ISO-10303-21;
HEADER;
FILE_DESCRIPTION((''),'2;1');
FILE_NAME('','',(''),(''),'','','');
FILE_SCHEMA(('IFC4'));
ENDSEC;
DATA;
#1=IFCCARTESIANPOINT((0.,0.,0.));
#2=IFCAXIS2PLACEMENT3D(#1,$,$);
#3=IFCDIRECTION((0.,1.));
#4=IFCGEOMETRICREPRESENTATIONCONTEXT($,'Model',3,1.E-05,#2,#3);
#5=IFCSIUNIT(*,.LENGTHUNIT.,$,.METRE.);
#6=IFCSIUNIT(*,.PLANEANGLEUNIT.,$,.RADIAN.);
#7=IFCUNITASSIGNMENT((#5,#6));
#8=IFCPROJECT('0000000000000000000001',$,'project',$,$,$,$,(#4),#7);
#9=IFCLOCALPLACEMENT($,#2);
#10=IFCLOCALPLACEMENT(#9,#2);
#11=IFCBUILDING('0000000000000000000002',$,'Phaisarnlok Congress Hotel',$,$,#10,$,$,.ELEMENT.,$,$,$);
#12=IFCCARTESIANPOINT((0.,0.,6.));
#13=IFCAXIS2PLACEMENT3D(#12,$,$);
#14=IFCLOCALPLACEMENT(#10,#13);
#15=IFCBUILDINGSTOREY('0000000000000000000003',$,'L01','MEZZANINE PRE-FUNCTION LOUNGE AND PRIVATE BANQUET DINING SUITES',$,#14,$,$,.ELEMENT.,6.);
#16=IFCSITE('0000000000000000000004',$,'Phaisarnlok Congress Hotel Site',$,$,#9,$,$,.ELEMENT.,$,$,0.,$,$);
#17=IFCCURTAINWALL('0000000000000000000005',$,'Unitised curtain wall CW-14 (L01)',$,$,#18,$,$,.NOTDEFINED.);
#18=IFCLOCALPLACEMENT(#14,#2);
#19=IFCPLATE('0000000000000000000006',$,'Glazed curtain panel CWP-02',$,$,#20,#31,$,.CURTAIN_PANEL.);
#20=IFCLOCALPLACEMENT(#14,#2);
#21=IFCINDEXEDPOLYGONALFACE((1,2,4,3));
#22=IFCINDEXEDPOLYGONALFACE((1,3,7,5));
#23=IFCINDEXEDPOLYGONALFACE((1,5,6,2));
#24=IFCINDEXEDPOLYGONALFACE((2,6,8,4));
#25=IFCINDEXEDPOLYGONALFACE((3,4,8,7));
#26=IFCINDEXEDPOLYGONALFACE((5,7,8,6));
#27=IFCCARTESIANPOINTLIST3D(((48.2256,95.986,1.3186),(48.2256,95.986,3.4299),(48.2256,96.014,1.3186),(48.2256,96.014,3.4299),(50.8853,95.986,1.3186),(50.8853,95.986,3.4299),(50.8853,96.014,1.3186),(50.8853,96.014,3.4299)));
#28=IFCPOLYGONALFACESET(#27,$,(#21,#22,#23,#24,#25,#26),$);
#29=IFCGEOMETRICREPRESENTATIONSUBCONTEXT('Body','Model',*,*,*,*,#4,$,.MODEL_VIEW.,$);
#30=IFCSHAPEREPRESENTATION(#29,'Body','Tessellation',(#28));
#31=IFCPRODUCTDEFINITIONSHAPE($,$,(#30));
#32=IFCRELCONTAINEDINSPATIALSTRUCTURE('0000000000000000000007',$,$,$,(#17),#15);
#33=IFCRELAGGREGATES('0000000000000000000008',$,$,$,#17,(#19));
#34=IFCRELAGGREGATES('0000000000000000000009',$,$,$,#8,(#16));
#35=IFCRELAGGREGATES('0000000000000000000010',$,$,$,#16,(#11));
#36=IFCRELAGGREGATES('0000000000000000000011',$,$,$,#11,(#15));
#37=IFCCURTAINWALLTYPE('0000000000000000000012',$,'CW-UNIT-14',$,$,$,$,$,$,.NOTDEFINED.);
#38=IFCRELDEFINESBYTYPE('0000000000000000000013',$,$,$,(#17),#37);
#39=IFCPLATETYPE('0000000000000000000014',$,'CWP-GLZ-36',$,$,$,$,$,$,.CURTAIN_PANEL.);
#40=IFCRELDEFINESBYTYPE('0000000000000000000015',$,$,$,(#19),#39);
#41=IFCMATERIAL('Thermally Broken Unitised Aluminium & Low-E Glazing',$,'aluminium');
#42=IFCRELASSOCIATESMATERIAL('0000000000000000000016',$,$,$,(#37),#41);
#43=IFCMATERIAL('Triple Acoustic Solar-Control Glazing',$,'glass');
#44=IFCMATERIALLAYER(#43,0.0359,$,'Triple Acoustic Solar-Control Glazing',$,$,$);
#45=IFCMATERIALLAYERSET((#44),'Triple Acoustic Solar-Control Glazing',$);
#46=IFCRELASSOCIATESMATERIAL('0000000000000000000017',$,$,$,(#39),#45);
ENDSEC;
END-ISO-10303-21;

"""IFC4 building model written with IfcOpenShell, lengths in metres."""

from ifc_helpers import new_model, si_unit, direction, frame, frame_2d, origin, place, context, subcontext, project, spatial, rectangle, extrude, material, layer, layer_set, type_object, element, aggregate, save


model = new_model("IFC4")

# Units and contexts
model_context = context("Model", 3, precision=1e-05, world=origin(), true_north=direction((0.0, 1.0)))
body_context = subcontext(model_context, "Body", "Model", "MODEL_VIEW")
ifc_project = project(units=[si_unit("LENGTHUNIT", "METRE"), si_unit("PLANEANGLEUNIT", "RADIAN")], contexts=[model_context])

# Site, building, storey
site_placement = place(None, origin())
site = spatial("IfcSite", under=ifc_project, at=site_placement, Name="Phaisarnlok Congress Hotel Site", CompositionType="ELEMENT", RefElevation=0.0)
building_placement = place(site_placement, origin())
building = spatial("IfcBuilding", under=site, at=building_placement, Name="Phaisarnlok Congress Hotel", CompositionType="ELEMENT")
storey_placement = place(building_placement, frame((0.0, 0.0, 6.0)))
storey = spatial("IfcBuildingStorey", under=building, at=storey_placement, Name="L01", Description="MEZZANINE PRE-FUNCTION LOUNGE AND PRIVATE BANQUET DINING SUITES", CompositionType="ELEMENT", Elevation=6.0)

# Curtain wall
ifc_material_1 = material(Name="Thermally Broken Unitised Aluminium & Low-E Glazing", Category="aluminium")
curtain_wall_type_1 = type_object("IfcCurtainWallType", Name="CW-UNIT-14", PredefinedType="NOTDEFINED", material=ifc_material_1)
curtain_wall_1_placement = place(storey_placement, origin())
curtain_wall_1 = element("IfcCurtainWall", 1, at=curtain_wall_1_placement, inside=storey, type_object=curtain_wall_type_1, Name="Unitised curtain wall CW-14 (L01)", PredefinedType="NOTDEFINED")

# Plate
ifc_material_2 = material(Name="Triple Acoustic Solar-Control Glazing", Category="glass")
ifc_layer = layer(ifc_material_2, 0.0359, Name="Triple Acoustic Solar-Control Glazing")
ifc_layer_set = layer_set([ifc_layer], Name="Triple Acoustic Solar-Control Glazing")
plate_type = type_object("IfcPlateType", Name="CWP-GLZ-36", PredefinedType="CURTAIN_PANEL", material=ifc_layer_set)
plate_1_placement = place(storey_placement, frame((50.8853, 96.0, 1.3186), z_axis=(0.0, 0.0, 1.0), x_axis=(-1.0, 0.0, 0.0)))
plate_1 = element("IfcPlate", 2, at=plate_1_placement, type_object=plate_type, Name="Glazed curtain panel CWP-02", PredefinedType="CURTAIN_PANEL", context=body_context, shape_type="SweptSolid", body=[
    extrude(rectangle(XDim=2.6597, YDim=0.0281, at=frame_2d((1.3298, 0.0))), origin(), (0.0, 0.0, 1.0), 2.1113),
])
aggregate(curtain_wall_1, [plate_1])

save(model, "model.ifc")
